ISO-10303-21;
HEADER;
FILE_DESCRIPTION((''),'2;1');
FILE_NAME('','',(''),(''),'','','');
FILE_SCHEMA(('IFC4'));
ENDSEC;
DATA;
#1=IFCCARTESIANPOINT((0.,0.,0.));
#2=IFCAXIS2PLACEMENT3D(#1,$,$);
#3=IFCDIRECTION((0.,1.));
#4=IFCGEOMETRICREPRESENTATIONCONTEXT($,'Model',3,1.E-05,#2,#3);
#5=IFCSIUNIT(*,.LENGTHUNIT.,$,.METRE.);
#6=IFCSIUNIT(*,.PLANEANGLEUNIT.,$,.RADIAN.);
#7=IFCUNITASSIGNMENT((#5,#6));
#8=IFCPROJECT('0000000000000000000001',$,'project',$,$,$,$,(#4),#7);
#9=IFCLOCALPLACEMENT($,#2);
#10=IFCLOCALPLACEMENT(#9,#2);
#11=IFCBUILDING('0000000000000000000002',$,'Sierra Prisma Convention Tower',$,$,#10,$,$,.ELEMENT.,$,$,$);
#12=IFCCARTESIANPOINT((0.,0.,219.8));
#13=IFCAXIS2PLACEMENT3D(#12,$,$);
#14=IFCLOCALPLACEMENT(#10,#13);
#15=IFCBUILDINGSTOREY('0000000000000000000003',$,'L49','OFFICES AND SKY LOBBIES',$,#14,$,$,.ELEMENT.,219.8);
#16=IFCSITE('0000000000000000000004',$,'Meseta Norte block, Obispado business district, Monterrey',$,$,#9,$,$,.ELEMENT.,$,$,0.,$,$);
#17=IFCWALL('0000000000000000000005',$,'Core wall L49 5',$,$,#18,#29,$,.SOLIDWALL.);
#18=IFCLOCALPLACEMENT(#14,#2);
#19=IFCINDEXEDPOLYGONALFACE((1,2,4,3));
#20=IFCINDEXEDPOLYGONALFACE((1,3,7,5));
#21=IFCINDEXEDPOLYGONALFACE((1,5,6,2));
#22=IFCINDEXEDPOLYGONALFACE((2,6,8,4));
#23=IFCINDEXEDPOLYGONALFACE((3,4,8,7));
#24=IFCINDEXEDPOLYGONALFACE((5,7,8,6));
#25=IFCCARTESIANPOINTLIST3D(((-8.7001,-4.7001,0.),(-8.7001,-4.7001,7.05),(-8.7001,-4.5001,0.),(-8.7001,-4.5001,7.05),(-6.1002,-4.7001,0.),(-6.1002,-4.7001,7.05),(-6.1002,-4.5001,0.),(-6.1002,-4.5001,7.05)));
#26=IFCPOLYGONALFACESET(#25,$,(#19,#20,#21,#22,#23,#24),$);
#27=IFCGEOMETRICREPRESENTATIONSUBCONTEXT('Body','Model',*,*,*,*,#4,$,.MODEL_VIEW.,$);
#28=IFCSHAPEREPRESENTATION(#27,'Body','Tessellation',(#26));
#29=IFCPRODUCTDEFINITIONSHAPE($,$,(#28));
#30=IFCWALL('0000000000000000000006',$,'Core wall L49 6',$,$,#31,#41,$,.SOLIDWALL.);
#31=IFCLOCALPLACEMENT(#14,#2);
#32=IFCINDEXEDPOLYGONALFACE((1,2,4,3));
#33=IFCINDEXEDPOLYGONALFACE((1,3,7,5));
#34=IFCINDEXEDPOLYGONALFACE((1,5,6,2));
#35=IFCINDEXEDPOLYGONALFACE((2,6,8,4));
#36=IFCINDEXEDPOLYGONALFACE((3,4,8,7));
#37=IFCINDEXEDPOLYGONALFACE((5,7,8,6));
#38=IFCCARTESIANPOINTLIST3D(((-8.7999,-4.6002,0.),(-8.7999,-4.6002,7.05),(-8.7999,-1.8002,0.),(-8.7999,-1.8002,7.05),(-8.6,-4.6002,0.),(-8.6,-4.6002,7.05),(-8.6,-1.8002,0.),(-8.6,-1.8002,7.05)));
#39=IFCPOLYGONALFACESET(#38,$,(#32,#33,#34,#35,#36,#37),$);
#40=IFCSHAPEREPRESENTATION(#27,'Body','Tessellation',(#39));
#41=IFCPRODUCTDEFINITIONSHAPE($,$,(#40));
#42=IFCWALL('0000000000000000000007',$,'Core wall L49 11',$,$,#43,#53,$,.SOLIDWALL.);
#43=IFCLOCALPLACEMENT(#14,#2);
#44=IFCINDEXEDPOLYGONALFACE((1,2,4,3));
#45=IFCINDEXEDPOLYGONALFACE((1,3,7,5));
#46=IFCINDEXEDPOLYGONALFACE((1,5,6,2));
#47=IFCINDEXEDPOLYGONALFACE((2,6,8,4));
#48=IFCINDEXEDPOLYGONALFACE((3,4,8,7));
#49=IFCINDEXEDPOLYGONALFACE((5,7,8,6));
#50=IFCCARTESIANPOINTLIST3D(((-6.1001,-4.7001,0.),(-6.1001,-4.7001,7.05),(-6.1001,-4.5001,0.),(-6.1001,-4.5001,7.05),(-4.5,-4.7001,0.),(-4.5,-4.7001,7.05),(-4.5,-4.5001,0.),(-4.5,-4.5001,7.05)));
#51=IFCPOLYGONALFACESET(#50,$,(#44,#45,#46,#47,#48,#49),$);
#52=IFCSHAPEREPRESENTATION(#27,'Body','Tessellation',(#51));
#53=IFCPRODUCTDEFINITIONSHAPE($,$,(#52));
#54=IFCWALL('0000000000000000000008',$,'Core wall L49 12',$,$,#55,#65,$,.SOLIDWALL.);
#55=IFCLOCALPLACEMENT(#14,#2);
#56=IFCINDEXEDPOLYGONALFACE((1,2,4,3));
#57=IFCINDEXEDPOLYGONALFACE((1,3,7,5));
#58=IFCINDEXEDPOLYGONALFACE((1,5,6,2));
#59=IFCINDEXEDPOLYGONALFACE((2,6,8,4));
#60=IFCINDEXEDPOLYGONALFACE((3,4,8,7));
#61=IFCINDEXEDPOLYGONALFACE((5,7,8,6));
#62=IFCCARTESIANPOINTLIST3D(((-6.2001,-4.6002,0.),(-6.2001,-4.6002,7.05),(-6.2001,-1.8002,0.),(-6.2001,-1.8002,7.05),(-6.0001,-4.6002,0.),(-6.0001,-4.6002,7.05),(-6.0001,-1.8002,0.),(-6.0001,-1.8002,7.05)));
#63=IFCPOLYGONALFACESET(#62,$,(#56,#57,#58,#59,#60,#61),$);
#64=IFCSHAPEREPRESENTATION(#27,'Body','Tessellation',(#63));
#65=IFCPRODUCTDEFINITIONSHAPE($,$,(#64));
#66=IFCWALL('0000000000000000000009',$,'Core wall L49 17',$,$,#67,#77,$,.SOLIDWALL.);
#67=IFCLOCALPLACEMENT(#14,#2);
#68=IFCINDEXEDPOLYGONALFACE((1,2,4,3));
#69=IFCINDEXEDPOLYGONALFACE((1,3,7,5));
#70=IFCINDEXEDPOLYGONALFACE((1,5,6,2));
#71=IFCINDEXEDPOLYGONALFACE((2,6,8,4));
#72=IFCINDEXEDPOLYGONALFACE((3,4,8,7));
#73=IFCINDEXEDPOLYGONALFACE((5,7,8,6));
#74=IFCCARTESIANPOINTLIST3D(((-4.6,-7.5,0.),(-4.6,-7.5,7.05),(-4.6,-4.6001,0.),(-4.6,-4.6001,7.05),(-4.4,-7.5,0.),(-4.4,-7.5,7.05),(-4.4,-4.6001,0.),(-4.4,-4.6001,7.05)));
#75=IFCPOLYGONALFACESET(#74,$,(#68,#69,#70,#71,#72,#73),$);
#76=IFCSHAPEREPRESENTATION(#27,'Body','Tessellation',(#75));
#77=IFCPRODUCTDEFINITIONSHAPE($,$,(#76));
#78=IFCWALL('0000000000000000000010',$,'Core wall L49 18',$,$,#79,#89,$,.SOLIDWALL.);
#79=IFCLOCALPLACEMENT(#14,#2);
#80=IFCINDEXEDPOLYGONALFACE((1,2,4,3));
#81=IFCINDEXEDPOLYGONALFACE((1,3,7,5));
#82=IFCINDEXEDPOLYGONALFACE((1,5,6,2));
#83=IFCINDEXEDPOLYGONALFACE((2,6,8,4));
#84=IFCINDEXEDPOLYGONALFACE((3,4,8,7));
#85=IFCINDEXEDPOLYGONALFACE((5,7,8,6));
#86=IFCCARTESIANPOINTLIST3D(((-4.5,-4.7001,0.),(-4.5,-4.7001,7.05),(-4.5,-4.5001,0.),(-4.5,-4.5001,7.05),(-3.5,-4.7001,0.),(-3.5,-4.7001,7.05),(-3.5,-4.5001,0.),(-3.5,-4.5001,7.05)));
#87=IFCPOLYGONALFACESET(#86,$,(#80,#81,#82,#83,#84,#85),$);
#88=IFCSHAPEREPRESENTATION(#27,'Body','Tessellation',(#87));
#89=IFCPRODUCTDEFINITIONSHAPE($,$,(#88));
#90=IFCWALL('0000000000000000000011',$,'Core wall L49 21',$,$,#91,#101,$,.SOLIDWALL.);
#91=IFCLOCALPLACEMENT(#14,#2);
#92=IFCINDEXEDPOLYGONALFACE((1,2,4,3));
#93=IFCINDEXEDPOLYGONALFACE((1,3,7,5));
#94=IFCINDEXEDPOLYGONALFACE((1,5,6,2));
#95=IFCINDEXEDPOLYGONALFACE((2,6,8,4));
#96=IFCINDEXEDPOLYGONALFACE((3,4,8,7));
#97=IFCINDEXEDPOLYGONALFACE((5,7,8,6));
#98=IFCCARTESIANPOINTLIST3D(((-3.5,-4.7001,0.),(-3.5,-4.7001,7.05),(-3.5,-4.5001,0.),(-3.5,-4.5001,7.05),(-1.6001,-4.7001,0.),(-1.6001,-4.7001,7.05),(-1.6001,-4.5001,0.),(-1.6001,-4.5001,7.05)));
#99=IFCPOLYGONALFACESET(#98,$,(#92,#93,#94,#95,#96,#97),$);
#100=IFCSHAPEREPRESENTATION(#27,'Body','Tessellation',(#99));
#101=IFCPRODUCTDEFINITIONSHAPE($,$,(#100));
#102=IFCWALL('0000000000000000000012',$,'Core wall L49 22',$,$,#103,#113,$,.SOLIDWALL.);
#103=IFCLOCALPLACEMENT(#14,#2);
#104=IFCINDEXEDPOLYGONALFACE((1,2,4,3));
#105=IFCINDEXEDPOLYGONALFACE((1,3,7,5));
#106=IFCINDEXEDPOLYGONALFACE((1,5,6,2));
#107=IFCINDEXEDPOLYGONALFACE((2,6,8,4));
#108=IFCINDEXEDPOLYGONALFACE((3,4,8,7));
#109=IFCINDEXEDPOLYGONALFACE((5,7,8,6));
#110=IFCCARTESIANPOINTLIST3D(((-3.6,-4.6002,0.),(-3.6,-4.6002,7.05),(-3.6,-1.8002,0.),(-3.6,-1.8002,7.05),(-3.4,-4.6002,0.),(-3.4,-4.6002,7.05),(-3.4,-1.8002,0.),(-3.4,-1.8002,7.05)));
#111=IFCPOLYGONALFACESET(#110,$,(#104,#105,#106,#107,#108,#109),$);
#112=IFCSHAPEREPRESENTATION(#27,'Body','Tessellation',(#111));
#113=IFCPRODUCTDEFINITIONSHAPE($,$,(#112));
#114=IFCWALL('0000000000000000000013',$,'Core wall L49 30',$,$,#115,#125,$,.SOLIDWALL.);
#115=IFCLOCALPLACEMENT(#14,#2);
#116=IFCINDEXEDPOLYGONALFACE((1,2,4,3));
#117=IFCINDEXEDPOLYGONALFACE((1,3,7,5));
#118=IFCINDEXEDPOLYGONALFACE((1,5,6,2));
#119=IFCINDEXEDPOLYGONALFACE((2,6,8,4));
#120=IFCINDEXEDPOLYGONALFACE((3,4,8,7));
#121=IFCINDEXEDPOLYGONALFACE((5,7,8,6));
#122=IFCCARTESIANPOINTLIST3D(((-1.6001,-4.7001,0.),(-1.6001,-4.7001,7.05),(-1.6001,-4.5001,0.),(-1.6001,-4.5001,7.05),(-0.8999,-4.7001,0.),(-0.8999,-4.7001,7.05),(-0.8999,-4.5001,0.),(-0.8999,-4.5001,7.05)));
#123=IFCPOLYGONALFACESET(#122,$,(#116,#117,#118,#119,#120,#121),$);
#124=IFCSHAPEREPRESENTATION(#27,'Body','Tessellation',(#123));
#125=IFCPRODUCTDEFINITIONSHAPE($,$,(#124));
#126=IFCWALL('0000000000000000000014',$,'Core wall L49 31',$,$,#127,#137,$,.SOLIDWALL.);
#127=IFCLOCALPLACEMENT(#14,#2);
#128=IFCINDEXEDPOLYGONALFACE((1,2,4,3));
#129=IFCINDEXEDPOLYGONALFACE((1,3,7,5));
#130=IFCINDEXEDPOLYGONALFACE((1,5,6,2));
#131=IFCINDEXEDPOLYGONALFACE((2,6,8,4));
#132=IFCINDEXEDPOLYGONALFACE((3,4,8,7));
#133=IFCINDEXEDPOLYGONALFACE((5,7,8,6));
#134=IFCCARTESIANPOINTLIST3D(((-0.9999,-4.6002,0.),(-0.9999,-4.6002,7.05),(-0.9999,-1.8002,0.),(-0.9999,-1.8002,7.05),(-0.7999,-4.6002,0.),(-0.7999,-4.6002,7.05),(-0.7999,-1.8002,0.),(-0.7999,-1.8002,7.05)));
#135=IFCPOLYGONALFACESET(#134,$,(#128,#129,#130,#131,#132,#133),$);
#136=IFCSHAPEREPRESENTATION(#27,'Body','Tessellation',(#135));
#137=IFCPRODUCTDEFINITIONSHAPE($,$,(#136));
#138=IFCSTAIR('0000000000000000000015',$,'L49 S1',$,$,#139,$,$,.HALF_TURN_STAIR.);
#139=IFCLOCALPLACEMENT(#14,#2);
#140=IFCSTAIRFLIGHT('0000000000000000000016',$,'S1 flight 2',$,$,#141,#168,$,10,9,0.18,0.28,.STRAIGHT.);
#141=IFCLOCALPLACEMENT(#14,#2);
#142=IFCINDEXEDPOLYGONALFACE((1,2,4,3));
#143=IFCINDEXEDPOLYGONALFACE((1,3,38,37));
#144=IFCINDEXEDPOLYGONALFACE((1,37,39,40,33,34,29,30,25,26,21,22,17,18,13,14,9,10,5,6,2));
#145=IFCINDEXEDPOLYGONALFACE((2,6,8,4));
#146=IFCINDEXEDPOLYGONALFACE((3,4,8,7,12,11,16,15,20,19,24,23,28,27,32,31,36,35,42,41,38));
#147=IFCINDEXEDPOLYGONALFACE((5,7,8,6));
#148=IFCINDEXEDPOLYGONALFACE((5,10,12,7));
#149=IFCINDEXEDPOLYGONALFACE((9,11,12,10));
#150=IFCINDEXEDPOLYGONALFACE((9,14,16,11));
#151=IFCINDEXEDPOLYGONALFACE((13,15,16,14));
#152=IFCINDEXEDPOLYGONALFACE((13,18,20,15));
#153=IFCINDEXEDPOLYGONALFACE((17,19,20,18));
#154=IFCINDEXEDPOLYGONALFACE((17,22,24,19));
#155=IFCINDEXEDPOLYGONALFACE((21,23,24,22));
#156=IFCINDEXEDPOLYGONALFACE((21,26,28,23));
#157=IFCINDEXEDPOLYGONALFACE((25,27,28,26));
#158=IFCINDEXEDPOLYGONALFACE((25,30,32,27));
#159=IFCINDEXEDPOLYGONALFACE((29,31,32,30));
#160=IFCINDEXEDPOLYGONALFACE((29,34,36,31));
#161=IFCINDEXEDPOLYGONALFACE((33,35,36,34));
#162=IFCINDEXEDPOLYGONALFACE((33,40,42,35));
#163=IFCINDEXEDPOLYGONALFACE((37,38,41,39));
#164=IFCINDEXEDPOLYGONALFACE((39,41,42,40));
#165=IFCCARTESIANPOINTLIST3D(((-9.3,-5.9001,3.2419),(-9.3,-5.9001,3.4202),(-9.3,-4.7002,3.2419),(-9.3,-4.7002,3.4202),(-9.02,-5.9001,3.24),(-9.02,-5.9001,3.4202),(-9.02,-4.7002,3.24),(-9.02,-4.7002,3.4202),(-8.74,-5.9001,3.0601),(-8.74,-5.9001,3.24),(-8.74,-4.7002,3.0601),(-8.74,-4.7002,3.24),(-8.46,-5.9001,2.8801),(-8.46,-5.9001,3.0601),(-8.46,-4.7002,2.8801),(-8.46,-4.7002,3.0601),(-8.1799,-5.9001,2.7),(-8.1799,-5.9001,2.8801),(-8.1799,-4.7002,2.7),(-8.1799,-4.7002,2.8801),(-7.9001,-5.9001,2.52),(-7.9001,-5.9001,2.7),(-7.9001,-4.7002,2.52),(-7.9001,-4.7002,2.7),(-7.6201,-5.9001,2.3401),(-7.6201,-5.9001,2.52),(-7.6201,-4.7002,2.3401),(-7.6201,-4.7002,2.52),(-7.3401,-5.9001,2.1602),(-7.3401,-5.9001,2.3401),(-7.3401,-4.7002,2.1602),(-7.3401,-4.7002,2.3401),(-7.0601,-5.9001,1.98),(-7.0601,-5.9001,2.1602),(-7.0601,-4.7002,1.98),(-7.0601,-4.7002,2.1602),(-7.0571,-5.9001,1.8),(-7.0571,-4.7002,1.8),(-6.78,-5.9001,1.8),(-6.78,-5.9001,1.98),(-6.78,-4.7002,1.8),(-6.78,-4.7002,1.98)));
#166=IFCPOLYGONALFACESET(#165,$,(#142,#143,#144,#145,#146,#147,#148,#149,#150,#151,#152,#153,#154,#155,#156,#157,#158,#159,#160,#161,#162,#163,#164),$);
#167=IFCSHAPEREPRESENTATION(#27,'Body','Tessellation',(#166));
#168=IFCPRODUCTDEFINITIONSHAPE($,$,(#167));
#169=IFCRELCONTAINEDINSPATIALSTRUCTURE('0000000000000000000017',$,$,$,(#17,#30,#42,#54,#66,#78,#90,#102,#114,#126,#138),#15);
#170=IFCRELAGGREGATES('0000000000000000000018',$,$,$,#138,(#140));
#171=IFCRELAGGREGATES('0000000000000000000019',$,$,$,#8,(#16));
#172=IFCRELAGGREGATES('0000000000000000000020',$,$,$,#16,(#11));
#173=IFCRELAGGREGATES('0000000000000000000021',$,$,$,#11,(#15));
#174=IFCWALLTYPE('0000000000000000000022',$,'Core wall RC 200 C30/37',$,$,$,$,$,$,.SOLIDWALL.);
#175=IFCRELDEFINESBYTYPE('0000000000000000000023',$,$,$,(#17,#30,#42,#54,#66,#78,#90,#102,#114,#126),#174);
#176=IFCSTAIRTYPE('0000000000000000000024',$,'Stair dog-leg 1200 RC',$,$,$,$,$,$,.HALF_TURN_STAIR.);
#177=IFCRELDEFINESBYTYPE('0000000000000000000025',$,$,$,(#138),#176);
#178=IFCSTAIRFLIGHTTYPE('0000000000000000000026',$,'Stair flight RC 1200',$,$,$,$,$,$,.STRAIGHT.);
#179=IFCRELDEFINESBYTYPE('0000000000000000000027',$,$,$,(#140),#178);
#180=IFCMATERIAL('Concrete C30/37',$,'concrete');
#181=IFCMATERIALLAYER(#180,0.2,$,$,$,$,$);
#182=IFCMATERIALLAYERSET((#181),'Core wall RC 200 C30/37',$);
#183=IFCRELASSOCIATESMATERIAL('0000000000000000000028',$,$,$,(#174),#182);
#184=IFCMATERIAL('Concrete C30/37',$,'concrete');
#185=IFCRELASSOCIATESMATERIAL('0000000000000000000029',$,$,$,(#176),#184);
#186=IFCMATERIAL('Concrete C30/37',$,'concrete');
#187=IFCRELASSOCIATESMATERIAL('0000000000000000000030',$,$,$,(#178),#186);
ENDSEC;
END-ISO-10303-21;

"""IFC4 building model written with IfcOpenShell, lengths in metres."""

from ifc_helpers import new_model, si_unit, direction, frame, frame_2d, origin, place, context, subcontext, project, spatial, polyline, rectangle, outline, extrude, material, layer, layer_set, type_object, element, aggregate, save


model = new_model("IFC4")

# Units and contexts
model_context = context("Model", 3, precision=1e-05, world=origin(), true_north=direction((0.0, 1.0)))
body_context = subcontext(model_context, "Body", "Model", "MODEL_VIEW")
ifc_project = project(units=[si_unit("LENGTHUNIT", "METRE"), si_unit("PLANEANGLEUNIT", "RADIAN")], contexts=[model_context])

# Site, building, storey
site_placement = place(None, origin())
site = spatial("IfcSite", under=ifc_project, at=site_placement, Name="Meseta Norte block, Obispado business district, Monterrey", CompositionType="ELEMENT", RefElevation=0.0)
building_placement = place(site_placement, origin())
building = spatial("IfcBuilding", under=site, at=building_placement, Name="Sierra Prisma Convention Tower", CompositionType="ELEMENT")
storey_placement = place(building_placement, frame((0.0, 0.0, 219.8)))
storey = spatial("IfcBuildingStorey", under=building, at=storey_placement, Name="L49", Description="OFFICES AND SKY LOBBIES", CompositionType="ELEMENT", Elevation=219.8)

# Shared definitions
ifc_material_1 = material(Name="Concrete C30/37", Category="concrete")
ifc_layer = layer(ifc_material_1, 0.2)
ifc_layer_set = layer_set([ifc_layer], Name="Core wall RC 200 C30/37")
wall_type = type_object("IfcWallType", Name="Core wall RC 200 C30/37", PredefinedType="SOLIDWALL", material=ifc_layer_set)

# Walls
wall_1_placement = place(storey_placement, frame((-8.7, -4.6001, 0.0), z_axis=(0.0, 0.0, 1.0), x_axis=(1.0, 0.0, 0.0)))
element("IfcWall", 1, at=wall_1_placement, inside=storey, type_object=wall_type, Name="Core wall L49 5", PredefinedType="SOLIDWALL", context=body_context, shape_type="SweptSolid", body=[
    extrude(rectangle(XDim=2.5999, YDim=0.2, at=frame_2d((1.2998, 0.0))), origin(), (0.0, 0.0, 1.0), 7.05),
])
wall_2_placement = place(storey_placement, frame((-8.7, -4.6001, 0.0), z_axis=(0.0, 0.0, 1.0), x_axis=(0.0, 1.0, 0.0)))
element("IfcWall", 2, at=wall_2_placement, inside=storey, type_object=wall_type, Name="Core wall L49 6", PredefinedType="SOLIDWALL", context=body_context, shape_type="SweptSolid", body=[
    extrude(rectangle(XDim=2.8, YDim=0.2, at=frame_2d((1.3999, 0.0))), origin(), (0.0, 0.0, 1.0), 7.05),
])
wall_3_placement = place(storey_placement, frame((-6.1001, -4.6001, 0.0), z_axis=(0.0, 0.0, 1.0), x_axis=(1.0, 0.0, 0.0)))
element("IfcWall", 3, at=wall_3_placement, inside=storey, type_object=wall_type, Name="Core wall L49 11", PredefinedType="SOLIDWALL", context=body_context, shape_type="SweptSolid", body=[
    extrude(rectangle(XDim=1.6001, YDim=0.2, at=frame_2d((0.8, 0.0))), origin(), (0.0, 0.0, 1.0), 7.05),
])
wall_4_placement = place(storey_placement, frame((-6.1001, -4.6001, 0.0), z_axis=(0.0, 0.0, 1.0), x_axis=(0.0, 1.0, 0.0)))
element("IfcWall", 4, at=wall_4_placement, inside=storey, type_object=wall_type, Name="Core wall L49 12", PredefinedType="SOLIDWALL", context=body_context, shape_type="SweptSolid", body=[
    extrude(rectangle(XDim=2.8, YDim=0.2, at=frame_2d((1.3999, 0.0))), origin(), (0.0, 0.0, 1.0), 7.05),
])
wall_5_placement = place(storey_placement, frame((-4.5, -4.6001, 0.0), z_axis=(0.0, 0.0, 1.0), x_axis=(0.0, -1.0, 0.0)))
element("IfcWall", 5, at=wall_5_placement, inside=storey, type_object=wall_type, Name="Core wall L49 17", PredefinedType="SOLIDWALL", context=body_context, shape_type="SweptSolid", body=[
    extrude(rectangle(XDim=2.8999, YDim=0.2, at=frame_2d((1.45, 0.0))), origin(), (0.0, 0.0, 1.0), 7.05),
])
wall_6_placement = place(storey_placement, frame((-4.5, -4.6001, 0.0), z_axis=(0.0, 0.0, 1.0), x_axis=(1.0, 0.0, 0.0)))
element("IfcWall", 6, at=wall_6_placement, inside=storey, type_object=wall_type, Name="Core wall L49 18", PredefinedType="SOLIDWALL", context=body_context, shape_type="SweptSolid", body=[
    extrude(rectangle(XDim=1.0, YDim=0.2, at=frame_2d((0.5, 0.0))), origin(), (0.0, 0.0, 1.0), 7.05),
])
wall_7_placement = place(storey_placement, frame((-3.5, -4.6001, 0.0), z_axis=(0.0, 0.0, 1.0), x_axis=(1.0, 0.0, 0.0)))
element("IfcWall", 7, at=wall_7_placement, inside=storey, type_object=wall_type, Name="Core wall L49 21", PredefinedType="SOLIDWALL", context=body_context, shape_type="SweptSolid", body=[
    extrude(rectangle(XDim=1.8999, YDim=0.2, at=frame_2d((0.95, 0.0))), origin(), (0.0, 0.0, 1.0), 7.05),
])
wall_8_placement = place(storey_placement, frame((-3.5, -4.6001, 0.0), z_axis=(0.0, 0.0, 1.0), x_axis=(0.0, 1.0, 0.0)))
element("IfcWall", 8, at=wall_8_placement, inside=storey, type_object=wall_type, Name="Core wall L49 22", PredefinedType="SOLIDWALL", context=body_context, shape_type="SweptSolid", body=[
    extrude(rectangle(XDim=2.8, YDim=0.2, at=frame_2d((1.3999, 0.0))), origin(), (0.0, 0.0, 1.0), 7.05),
])
wall_9_placement = place(storey_placement, frame((-1.6001, -4.6001, 0.0), z_axis=(0.0, 0.0, 1.0), x_axis=(1.0, 0.0, 0.0)))
element("IfcWall", 9, at=wall_9_placement, inside=storey, type_object=wall_type, Name="Core wall L49 30", PredefinedType="SOLIDWALL", context=body_context, shape_type="SweptSolid", body=[
    extrude(rectangle(XDim=0.7002, YDim=0.2, at=frame_2d((0.3501, 0.0))), origin(), (0.0, 0.0, 1.0), 7.05),
])
wall_10_placement = place(storey_placement, frame((-0.8999, -4.6001, 0.0), z_axis=(0.0, 0.0, 1.0), x_axis=(0.0, 1.0, 0.0)))
element("IfcWall", 10, at=wall_10_placement, inside=storey, type_object=wall_type, Name="Core wall L49 31", PredefinedType="SOLIDWALL", context=body_context, shape_type="SweptSolid", body=[
    extrude(rectangle(XDim=2.8, YDim=0.2, at=frame_2d((1.3999, 0.0))), origin(), (0.0, 0.0, 1.0), 7.05),
])

# Stair, stair flight
ifc_material_2 = material(Name="Concrete C30/37", Category="concrete")
stair_type = type_object("IfcStairType", Name="Stair dog-leg 1200 RC", PredefinedType="HALF_TURN_STAIR", material=ifc_material_2)
stair_placement = place(storey_placement, origin())
stair = element("IfcStair", 11, at=stair_placement, inside=storey, type_object=stair_type, Name="L49 S1", PredefinedType="HALF_TURN_STAIR")
ifc_material_3 = material(Name="Concrete C30/37", Category="concrete")
stair_flight_type = type_object("IfcStairFlightType", Name="Stair flight RC 1200", PredefinedType="STRAIGHT", material=ifc_material_3)
stair_flight_1_placement = place(storey_placement, frame((-6.78, -5.3, 1.8), z_axis=(0.0, 0.0, 1.0), x_axis=(-1.0, 0.0, 0.0)))
stair_flight_1 = element("IfcStairFlight", 12, at=stair_flight_1_placement, type_object=stair_flight_type, Name="S1 flight 2", NumberOfRisers=10, NumberOfTreads=9, PredefinedType="STRAIGHT", RiserHeight=0.18, TreadLength=0.28, context=body_context, shape_type="SweptSolid", body=[
    extrude(outline(polyline([(0.0, 0.0), (0.0, 0.1799), (0.28, 0.1799), (0.28, 0.3601), (0.5601, 0.3601), (0.5601, 0.54), (0.8401, 0.54), (0.8401, 0.72), (1.1201, 0.72), (1.1201, 0.8999), (1.3999, 0.8999), (1.3999, 1.0801), (1.6799, 1.0801), (1.6799, 1.26), (1.96, 1.26), (1.96, 1.4399), (2.24, 1.4399), (2.24, 1.6201), (2.52, 1.6201), (2.52, 1.8), (2.52, 1.4419), (0.2771, 0.0), (0.0, 0.0)])), frame((0.0, 0.6001, 0.0), z_axis=(0.0, -1.0, 0.0), x_axis=(1.0, 0.0, 0.0)), (0.0, 0.0, 1.0), 1.2),
])
aggregate(stair, [stair_flight_1])

save(model, "model.ifc")
